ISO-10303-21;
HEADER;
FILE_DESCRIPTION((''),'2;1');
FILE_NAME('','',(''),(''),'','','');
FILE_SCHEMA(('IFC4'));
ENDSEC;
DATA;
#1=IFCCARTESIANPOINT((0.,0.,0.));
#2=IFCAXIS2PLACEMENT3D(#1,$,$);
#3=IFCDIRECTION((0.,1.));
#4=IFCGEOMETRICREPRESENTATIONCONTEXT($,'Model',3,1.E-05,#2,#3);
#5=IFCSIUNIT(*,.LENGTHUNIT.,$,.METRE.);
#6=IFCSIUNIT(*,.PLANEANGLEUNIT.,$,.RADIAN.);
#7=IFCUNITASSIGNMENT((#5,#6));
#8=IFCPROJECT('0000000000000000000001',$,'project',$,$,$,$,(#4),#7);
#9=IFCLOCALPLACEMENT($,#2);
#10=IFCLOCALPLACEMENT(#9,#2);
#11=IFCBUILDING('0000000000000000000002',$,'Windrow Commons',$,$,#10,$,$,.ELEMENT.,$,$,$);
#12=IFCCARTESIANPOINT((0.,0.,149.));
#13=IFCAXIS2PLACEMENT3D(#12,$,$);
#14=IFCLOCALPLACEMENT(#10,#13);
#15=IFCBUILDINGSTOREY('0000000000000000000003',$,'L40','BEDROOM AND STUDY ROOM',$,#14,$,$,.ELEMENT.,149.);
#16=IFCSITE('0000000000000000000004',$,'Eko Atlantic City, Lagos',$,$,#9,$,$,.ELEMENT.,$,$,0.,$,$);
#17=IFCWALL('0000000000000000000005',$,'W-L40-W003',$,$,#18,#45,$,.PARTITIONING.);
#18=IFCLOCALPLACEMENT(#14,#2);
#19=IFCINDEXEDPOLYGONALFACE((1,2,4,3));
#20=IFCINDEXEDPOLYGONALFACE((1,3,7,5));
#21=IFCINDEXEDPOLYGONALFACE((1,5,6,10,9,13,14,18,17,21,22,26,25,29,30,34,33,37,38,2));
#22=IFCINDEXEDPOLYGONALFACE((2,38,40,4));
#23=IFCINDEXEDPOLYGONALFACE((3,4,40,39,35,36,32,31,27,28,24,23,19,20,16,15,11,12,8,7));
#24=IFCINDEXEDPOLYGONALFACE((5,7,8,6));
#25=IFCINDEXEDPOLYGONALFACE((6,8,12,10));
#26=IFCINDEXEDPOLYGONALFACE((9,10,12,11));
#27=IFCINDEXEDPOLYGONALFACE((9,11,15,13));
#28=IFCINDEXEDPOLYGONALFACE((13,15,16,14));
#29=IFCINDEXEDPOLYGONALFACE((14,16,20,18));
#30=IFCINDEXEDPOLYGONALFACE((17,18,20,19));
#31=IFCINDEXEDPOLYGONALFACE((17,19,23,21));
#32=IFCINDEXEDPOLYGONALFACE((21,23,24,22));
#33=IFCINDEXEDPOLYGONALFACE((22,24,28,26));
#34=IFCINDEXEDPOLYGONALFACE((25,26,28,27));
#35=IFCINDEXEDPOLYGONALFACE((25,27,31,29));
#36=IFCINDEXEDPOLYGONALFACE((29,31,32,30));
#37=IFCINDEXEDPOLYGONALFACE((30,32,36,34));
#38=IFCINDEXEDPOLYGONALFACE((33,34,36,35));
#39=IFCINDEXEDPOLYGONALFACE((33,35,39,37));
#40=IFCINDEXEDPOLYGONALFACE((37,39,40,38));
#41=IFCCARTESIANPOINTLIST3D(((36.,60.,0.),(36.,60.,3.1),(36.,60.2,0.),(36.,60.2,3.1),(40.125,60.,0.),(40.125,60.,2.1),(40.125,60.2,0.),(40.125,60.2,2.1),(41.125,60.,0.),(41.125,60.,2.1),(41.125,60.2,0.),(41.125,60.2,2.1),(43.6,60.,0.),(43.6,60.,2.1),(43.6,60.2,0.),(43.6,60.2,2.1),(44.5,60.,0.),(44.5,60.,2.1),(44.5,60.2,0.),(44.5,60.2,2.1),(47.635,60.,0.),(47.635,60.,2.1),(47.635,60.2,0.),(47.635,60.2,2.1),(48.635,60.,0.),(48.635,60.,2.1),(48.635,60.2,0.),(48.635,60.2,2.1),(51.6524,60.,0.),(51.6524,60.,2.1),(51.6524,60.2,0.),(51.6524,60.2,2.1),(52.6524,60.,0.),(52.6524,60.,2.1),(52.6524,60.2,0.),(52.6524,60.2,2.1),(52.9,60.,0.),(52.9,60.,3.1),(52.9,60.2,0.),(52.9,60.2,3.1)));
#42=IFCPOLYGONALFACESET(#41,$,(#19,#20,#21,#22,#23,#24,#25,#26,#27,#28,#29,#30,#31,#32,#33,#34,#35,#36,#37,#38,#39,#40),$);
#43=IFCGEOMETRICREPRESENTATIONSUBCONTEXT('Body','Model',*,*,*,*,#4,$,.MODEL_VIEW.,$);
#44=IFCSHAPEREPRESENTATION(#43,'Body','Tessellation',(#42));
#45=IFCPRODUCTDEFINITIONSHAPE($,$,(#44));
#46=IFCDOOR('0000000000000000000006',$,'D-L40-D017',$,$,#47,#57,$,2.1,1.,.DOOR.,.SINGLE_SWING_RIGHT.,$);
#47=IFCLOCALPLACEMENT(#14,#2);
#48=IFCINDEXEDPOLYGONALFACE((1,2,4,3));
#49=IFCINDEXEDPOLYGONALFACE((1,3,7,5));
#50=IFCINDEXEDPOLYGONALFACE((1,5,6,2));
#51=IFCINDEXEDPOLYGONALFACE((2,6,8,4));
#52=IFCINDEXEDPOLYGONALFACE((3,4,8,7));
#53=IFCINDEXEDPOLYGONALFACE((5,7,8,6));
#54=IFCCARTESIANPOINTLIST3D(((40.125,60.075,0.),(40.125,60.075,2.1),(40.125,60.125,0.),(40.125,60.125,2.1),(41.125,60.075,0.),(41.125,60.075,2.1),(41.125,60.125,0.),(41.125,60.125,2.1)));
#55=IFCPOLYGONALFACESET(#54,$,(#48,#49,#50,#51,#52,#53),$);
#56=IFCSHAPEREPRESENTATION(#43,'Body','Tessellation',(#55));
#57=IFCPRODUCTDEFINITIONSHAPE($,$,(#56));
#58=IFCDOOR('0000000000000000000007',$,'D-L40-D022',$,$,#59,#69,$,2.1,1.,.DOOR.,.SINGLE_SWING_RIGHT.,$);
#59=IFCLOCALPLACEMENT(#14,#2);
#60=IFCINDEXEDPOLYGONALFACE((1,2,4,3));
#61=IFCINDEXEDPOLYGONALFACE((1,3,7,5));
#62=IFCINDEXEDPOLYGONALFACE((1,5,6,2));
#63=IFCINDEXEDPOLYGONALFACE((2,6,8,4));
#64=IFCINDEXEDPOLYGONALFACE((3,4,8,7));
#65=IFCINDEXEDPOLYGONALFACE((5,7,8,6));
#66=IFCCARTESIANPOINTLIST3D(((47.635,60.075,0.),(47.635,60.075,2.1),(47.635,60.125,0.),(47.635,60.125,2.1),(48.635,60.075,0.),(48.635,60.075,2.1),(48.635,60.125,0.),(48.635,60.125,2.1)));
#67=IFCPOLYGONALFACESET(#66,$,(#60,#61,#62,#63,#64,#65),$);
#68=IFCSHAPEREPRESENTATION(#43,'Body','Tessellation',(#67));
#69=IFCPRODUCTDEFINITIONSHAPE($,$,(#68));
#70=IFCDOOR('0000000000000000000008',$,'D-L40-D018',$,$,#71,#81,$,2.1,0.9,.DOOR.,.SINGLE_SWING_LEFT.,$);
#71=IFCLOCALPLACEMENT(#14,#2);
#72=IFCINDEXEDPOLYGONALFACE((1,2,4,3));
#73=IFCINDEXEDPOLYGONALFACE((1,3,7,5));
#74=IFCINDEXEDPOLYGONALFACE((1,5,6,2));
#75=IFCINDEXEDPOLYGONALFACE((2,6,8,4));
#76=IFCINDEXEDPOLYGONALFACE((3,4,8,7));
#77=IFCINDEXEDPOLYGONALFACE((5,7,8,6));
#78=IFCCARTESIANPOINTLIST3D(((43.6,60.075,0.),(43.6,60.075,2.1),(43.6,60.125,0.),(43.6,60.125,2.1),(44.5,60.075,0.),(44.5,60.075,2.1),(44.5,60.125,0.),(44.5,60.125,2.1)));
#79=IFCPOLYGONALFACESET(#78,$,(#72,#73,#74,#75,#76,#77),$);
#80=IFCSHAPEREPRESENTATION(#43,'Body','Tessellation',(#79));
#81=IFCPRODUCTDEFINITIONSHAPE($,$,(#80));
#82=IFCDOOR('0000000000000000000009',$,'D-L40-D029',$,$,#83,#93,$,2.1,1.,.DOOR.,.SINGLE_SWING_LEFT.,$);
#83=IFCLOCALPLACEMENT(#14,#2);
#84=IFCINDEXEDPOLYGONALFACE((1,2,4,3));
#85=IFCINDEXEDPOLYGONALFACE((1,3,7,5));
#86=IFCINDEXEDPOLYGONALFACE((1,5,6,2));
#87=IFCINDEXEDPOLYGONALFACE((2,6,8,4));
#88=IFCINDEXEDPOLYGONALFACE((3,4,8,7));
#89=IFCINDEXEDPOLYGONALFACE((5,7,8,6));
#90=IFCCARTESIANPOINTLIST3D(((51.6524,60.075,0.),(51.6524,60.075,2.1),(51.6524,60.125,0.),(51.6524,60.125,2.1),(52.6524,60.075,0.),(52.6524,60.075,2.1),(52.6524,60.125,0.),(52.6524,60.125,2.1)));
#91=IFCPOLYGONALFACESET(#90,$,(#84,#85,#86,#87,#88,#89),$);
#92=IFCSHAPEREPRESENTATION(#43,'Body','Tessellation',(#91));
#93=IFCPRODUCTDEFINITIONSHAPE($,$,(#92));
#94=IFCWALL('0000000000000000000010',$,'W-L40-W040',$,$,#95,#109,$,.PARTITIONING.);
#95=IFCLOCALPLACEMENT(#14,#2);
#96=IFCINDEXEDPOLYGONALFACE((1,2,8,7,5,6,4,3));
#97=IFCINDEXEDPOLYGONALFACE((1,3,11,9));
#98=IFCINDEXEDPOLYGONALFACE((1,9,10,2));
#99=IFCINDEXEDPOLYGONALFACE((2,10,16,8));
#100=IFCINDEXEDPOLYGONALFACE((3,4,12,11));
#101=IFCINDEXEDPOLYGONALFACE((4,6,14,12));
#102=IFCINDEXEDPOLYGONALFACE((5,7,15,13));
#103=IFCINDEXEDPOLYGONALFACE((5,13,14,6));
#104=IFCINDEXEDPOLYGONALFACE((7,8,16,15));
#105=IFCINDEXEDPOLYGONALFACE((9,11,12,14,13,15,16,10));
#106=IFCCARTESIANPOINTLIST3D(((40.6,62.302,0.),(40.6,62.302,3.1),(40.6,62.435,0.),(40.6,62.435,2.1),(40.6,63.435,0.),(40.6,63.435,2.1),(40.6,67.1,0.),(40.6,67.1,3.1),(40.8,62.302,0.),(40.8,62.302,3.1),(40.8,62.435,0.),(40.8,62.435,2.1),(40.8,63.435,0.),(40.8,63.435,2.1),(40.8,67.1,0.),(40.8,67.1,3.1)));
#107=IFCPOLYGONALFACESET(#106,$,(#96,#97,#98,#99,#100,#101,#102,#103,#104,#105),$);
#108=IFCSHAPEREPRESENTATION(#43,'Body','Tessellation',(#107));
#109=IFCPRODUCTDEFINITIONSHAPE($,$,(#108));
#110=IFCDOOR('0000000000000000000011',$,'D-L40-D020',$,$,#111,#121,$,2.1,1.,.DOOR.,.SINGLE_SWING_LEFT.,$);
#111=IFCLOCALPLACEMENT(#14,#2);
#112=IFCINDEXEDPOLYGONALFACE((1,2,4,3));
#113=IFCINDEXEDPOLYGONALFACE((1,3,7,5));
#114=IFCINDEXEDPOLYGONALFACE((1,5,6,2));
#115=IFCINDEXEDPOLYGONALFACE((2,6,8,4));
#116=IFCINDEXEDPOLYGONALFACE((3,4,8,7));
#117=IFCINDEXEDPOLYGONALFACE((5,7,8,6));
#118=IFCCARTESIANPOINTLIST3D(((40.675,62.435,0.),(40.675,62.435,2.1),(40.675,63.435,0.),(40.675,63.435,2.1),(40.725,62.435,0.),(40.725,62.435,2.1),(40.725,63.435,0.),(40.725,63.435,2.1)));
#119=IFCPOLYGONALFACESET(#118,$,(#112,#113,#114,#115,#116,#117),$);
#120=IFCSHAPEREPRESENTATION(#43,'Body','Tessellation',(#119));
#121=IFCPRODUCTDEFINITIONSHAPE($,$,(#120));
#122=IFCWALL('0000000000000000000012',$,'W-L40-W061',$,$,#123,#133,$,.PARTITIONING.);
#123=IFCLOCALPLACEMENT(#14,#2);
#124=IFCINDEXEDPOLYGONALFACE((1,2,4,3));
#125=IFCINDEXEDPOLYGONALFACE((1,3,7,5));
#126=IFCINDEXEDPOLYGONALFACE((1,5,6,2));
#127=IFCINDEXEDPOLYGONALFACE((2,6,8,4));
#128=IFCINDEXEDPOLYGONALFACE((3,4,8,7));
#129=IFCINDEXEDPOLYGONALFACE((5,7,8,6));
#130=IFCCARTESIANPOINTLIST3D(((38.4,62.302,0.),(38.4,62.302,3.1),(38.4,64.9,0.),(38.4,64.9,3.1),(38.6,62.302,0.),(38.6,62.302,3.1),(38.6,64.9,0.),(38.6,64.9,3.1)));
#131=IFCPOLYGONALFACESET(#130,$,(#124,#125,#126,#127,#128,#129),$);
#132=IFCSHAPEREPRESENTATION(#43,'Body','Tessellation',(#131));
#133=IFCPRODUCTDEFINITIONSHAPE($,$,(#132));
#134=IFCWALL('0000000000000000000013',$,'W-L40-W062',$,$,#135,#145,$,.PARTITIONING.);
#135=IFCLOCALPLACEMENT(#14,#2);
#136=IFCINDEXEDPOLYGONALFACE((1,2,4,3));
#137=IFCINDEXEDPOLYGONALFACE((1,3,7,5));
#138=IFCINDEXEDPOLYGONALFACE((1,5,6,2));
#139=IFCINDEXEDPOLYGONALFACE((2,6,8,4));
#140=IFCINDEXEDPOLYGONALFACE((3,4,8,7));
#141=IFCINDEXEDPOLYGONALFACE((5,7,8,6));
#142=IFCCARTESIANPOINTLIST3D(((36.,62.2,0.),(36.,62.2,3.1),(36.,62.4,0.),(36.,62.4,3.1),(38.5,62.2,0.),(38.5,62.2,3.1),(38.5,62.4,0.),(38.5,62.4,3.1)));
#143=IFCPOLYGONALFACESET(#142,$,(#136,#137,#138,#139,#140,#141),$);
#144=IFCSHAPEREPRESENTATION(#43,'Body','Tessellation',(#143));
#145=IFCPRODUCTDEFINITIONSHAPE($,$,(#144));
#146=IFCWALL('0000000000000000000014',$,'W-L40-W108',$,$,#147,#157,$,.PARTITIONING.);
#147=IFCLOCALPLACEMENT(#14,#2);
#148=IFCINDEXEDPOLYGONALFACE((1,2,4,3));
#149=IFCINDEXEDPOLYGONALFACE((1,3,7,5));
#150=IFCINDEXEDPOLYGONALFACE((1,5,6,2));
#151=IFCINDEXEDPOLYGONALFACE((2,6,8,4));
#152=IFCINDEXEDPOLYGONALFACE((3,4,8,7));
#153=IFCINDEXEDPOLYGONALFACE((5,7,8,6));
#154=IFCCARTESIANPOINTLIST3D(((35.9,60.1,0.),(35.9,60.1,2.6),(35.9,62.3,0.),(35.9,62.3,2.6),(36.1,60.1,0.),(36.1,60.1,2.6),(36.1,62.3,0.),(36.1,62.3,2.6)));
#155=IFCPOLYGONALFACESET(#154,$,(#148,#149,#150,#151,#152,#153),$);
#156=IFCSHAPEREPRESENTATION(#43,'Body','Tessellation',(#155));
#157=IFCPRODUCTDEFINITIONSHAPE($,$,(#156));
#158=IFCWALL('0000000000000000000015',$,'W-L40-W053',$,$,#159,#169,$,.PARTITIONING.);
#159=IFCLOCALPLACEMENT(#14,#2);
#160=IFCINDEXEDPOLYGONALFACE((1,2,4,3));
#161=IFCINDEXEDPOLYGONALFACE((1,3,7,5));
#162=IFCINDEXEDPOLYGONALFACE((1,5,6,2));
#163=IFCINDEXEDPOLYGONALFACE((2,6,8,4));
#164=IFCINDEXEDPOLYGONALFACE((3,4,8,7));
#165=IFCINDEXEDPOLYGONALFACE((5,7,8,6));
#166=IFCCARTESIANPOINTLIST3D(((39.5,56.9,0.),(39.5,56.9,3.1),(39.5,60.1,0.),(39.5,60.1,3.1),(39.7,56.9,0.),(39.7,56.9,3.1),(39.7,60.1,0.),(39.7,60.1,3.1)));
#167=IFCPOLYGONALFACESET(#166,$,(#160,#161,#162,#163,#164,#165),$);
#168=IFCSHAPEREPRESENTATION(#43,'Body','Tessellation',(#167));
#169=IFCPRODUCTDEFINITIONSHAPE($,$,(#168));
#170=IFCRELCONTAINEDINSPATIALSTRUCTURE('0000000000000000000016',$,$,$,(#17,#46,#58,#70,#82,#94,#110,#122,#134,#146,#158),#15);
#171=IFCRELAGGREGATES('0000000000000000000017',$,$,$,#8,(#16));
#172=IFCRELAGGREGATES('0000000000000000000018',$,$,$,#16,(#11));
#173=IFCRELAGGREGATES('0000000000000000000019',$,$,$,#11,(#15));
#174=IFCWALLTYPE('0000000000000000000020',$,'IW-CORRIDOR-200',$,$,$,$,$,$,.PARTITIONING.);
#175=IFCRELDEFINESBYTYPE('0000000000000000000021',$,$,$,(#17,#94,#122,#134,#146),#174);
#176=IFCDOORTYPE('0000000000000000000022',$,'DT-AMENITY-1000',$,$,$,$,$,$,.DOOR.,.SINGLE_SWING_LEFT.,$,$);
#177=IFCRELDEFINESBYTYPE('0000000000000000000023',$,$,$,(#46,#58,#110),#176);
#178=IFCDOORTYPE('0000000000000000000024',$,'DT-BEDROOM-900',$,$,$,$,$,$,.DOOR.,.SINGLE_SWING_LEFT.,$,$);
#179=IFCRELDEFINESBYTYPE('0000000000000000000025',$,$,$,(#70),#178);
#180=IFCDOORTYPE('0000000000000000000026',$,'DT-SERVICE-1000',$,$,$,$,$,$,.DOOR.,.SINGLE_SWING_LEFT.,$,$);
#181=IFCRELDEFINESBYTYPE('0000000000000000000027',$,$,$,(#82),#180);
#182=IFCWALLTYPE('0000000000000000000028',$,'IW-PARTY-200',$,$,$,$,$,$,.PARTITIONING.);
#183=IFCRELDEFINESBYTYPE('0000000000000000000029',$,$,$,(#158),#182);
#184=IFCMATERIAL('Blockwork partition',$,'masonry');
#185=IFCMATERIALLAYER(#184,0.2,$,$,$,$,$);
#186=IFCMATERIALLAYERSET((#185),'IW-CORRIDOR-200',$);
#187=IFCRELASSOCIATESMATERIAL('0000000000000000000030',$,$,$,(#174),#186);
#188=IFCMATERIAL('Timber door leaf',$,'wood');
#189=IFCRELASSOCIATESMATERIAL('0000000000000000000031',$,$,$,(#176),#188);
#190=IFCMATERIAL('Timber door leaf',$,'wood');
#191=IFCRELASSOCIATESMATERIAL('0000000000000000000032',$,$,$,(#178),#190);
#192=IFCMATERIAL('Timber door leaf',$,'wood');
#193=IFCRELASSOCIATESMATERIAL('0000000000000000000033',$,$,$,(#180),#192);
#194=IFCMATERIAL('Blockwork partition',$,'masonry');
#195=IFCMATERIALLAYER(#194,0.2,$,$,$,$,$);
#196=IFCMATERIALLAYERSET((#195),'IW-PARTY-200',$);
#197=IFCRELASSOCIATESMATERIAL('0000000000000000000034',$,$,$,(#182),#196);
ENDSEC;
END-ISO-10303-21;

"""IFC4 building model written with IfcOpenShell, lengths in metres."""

from ifc_helpers import new_model, si_unit, direction, frame, frame_2d, origin, place, context, subcontext, project, spatial, rectangle, extrude, material, layer, layer_set, type_object, element, fill, save


model = new_model("IFC4")

# Units and contexts
model_context = context("Model", 3, precision=1e-05, world=origin(), true_north=direction((0.0, 1.0)))
body_context = subcontext(model_context, "Body", "Model", "MODEL_VIEW")
ifc_project = project(units=[si_unit("LENGTHUNIT", "METRE"), si_unit("PLANEANGLEUNIT", "RADIAN")], contexts=[model_context])

# Site, building, storey
site_placement = place(None, origin())
site = spatial("IfcSite", under=ifc_project, at=site_placement, Name="Eko Atlantic City, Lagos", CompositionType="ELEMENT", RefElevation=0.0)
building_placement = place(site_placement, origin())
building = spatial("IfcBuilding", under=site, at=building_placement, Name="Windrow Commons", CompositionType="ELEMENT")
storey_placement = place(building_placement, frame((0.0, 0.0, 149.0)))
storey = spatial("IfcBuildingStorey", under=building, at=storey_placement, Name="L40", Description="BEDROOM AND STUDY ROOM", CompositionType="ELEMENT", Elevation=149.0)

# Wall, openings, doors
ifc_material_1 = material(Name="Blockwork partition", Category="masonry")
ifc_layer_1 = layer(ifc_material_1, 0.2)
ifc_layer_set_1 = layer_set([ifc_layer_1], Name="IW-CORRIDOR-200")
wall_type_1 = type_object("IfcWallType", Name="IW-CORRIDOR-200", PredefinedType="PARTITIONING", material=ifc_layer_set_1)
wall_1_placement = place(storey_placement, frame((36.0, 60.1, 0.0), z_axis=(0.0, 0.0, 1.0), x_axis=(1.0, 0.0, 0.0)))
wall_1 = element("IfcWall", 1, at=wall_1_placement, inside=storey, type_object=wall_type_1, Name="W-L40-W003", PredefinedType="PARTITIONING", context=body_context, shape_type="SweptSolid", body=[
    extrude(rectangle(XDim=16.9, YDim=0.2, at=frame_2d((8.45, 0.0))), origin(), (0.0, 0.0, 1.0), 3.1),
])
opening_1_placement = place(wall_1_placement, frame((4.125, 0.0, 0.0)))
opening_1 = element("IfcOpeningElement", 2, at=opening_1_placement, cuts=wall_1, PredefinedType="OPENING", context=body_context, shape_type="SweptSolid", body=[
    extrude(rectangle(XDim=1.0, YDim=2.1, at=frame_2d((0.5, 1.05))), frame((0.0, 0.11, 0.0), z_axis=(0.0, -1.0, 0.0), x_axis=(1.0, 0.0, 0.0)), (0.0, 0.0, 1.0), 0.22),
])
opening_2_placement = place(wall_1_placement, frame((7.6, 0.0, 0.0)))
opening_2 = element("IfcOpeningElement", 3, at=opening_2_placement, cuts=wall_1, PredefinedType="OPENING", context=body_context, shape_type="SweptSolid", body=[
    extrude(rectangle(XDim=0.9, YDim=2.1, at=frame_2d((0.45, 1.05))), frame((0.0, 0.11, 0.0), z_axis=(0.0, -1.0, 0.0), x_axis=(1.0, 0.0, 0.0)), (0.0, 0.0, 1.0), 0.22),
])
opening_3_placement = place(wall_1_placement, frame((11.635, 0.0, 0.0)))
opening_3 = element("IfcOpeningElement", 4, at=opening_3_placement, cuts=wall_1, PredefinedType="OPENING", context=body_context, shape_type="SweptSolid", body=[
    extrude(rectangle(XDim=1.0, YDim=2.1, at=frame_2d((0.5, 1.05))), frame((0.0, 0.11, 0.0), z_axis=(0.0, -1.0, 0.0), x_axis=(1.0, 0.0, 0.0)), (0.0, 0.0, 1.0), 0.22),
])
opening_4_placement = place(wall_1_placement, frame((15.6524, 0.0, 0.0)))
opening_4 = element("IfcOpeningElement", 5, at=opening_4_placement, cuts=wall_1, PredefinedType="OPENING", context=body_context, shape_type="SweptSolid", body=[
    extrude(rectangle(XDim=1.0, YDim=2.1, at=frame_2d((0.5, 1.05))), frame((0.0, 0.11, 0.0), z_axis=(0.0, -1.0, 0.0), x_axis=(1.0, 0.0, 0.0)), (0.0, 0.0, 1.0), 0.22),
])
ifc_material_2 = material(Name="Timber door leaf", Category="wood")
door_type_1 = type_object("IfcDoorType", Name="DT-AMENITY-1000", OperationType="SINGLE_SWING_LEFT", PredefinedType="DOOR", material=ifc_material_2)
door_1_placement = place(opening_1_placement, origin())
door_1 = element("IfcDoor", 6, at=door_1_placement, inside=storey, type_object=door_type_1, Name="D-L40-D017", OperationType="SINGLE_SWING_RIGHT", OverallHeight=2.1, OverallWidth=1.0, PredefinedType="DOOR", context=body_context, shape_type="SweptSolid", body=[
    extrude(rectangle(XDim=1.0, YDim=2.1, at=frame_2d((0.5, 1.05))), frame((0.0, 0.025, 0.0), z_axis=(0.0, -1.0, 0.0), x_axis=(1.0, 0.0, 0.0)), (0.0, 0.0, 1.0), 0.05),
])
fill(opening_1, door_1)
door_2_placement = place(opening_3_placement, origin())
door_2 = element("IfcDoor", 7, at=door_2_placement, inside=storey, type_object=door_type_1, Name="D-L40-D022", OperationType="SINGLE_SWING_RIGHT", OverallHeight=2.1, OverallWidth=1.0, PredefinedType="DOOR", context=body_context, shape_type="SweptSolid", body=[
    extrude(rectangle(XDim=1.0, YDim=2.1, at=frame_2d((0.5, 1.05))), frame((0.0, 0.025, 0.0), z_axis=(0.0, -1.0, 0.0), x_axis=(1.0, 0.0, 0.0)), (0.0, 0.0, 1.0), 0.05),
])
fill(opening_3, door_2)
ifc_material_3 = material(Name="Timber door leaf", Category="wood")
door_type_2 = type_object("IfcDoorType", Name="DT-BEDROOM-900", OperationType="SINGLE_SWING_LEFT", PredefinedType="DOOR", material=ifc_material_3)
door_3_placement = place(opening_2_placement, origin())
door_3 = element("IfcDoor", 8, at=door_3_placement, inside=storey, type_object=door_type_2, Name="D-L40-D018", OperationType="SINGLE_SWING_LEFT", OverallHeight=2.1, OverallWidth=0.9, PredefinedType="DOOR", context=body_context, shape_type="SweptSolid", body=[
    extrude(rectangle(XDim=0.9, YDim=2.1, at=frame_2d((0.45, 1.05))), frame((0.0, 0.025, 0.0), z_axis=(0.0, -1.0, 0.0), x_axis=(1.0, 0.0, 0.0)), (0.0, 0.0, 1.0), 0.05),
])
fill(opening_2, door_3)
ifc_material_4 = material(Name="Timber door leaf", Category="wood")
door_type_3 = type_object("IfcDoorType", Name="DT-SERVICE-1000", OperationType="SINGLE_SWING_LEFT", PredefinedType="DOOR", material=ifc_material_4)
door_4_placement = place(opening_4_placement, origin())
door_4 = element("IfcDoor", 9, at=door_4_placement, inside=storey, type_object=door_type_3, Name="D-L40-D029", OperationType="SINGLE_SWING_LEFT", OverallHeight=2.1, OverallWidth=1.0, PredefinedType="DOOR", context=body_context, shape_type="SweptSolid", body=[
    extrude(rectangle(XDim=1.0, YDim=2.1, at=frame_2d((0.5, 1.05))), frame((0.0, 0.025, 0.0), z_axis=(0.0, -1.0, 0.0), x_axis=(1.0, 0.0, 0.0)), (0.0, 0.0, 1.0), 0.05),
])
fill(opening_4, door_4)

# Wall, opening, door
wall_2_placement = place(storey_placement, frame((40.7, 62.302, 0.0), z_axis=(0.0, 0.0, 1.0), x_axis=(0.0, 1.0, 0.0)))
wall_2 = element("IfcWall", 10, at=wall_2_placement, inside=storey, type_object=wall_type_1, Name="W-L40-W040", PredefinedType="PARTITIONING", context=body_context, shape_type="SweptSolid", body=[
    extrude(rectangle(XDim=4.798, YDim=0.2, at=frame_2d((2.399, 0.0))), origin(), (0.0, 0.0, 1.0), 3.1),
])
opening_5_placement = place(wall_2_placement, frame((0.133, 0.0, 0.0)))
opening_5 = element("IfcOpeningElement", 11, at=opening_5_placement, cuts=wall_2, PredefinedType="OPENING", context=body_context, shape_type="SweptSolid", body=[
    extrude(rectangle(XDim=1.0, YDim=2.1, at=frame_2d((0.5, 1.05))), frame((0.0, 0.11, 0.0), z_axis=(0.0, -1.0, 0.0), x_axis=(1.0, 0.0, 0.0)), (0.0, 0.0, 1.0), 0.22),
])
door_5_placement = place(opening_5_placement, origin())
door_5 = element("IfcDoor", 12, at=door_5_placement, inside=storey, type_object=door_type_1, Name="D-L40-D020", OperationType="SINGLE_SWING_LEFT", OverallHeight=2.1, OverallWidth=1.0, PredefinedType="DOOR", context=body_context, shape_type="SweptSolid", body=[
    extrude(rectangle(XDim=1.0, YDim=2.1, at=frame_2d((0.5, 1.05))), frame((0.0, 0.025, 0.0), z_axis=(0.0, -1.0, 0.0), x_axis=(1.0, 0.0, 0.0)), (0.0, 0.0, 1.0), 0.05),
])
fill(opening_5, door_5)

# Walls
wall_3_placement = place(storey_placement, frame((38.5, 62.302, 0.0), z_axis=(0.0, 0.0, 1.0), x_axis=(0.0, 1.0, 0.0)))
element("IfcWall", 13, at=wall_3_placement, inside=storey, type_object=wall_type_1, Name="W-L40-W061", PredefinedType="PARTITIONING", context=body_context, shape_type="SweptSolid", body=[
    extrude(rectangle(XDim=2.598, YDim=0.2, at=frame_2d((1.299, 0.0))), origin(), (0.0, 0.0, 1.0), 3.1),
])
wall_4_placement = place(storey_placement, frame((36.0, 62.3, 0.0), z_axis=(0.0, 0.0, 1.0), x_axis=(1.0, 0.0, 0.0)))
element("IfcWall", 14, at=wall_4_placement, inside=storey, type_object=wall_type_1, Name="W-L40-W062", PredefinedType="PARTITIONING", context=body_context, shape_type="SweptSolid", body=[
    extrude(rectangle(XDim=2.5, YDim=0.2, at=frame_2d((1.25, 0.0))), origin(), (0.0, 0.0, 1.0), 3.1),
])
wall_5_placement = place(storey_placement, frame((36.0, 60.1, 0.0), z_axis=(0.0, 0.0, 1.0), x_axis=(0.0, 1.0, 0.0)))
element("IfcWall", 15, at=wall_5_placement, inside=storey, type_object=wall_type_1, Name="W-L40-W108", PredefinedType="PARTITIONING", context=body_context, shape_type="SweptSolid", body=[
    extrude(rectangle(XDim=2.2, YDim=0.2, at=frame_2d((1.1, 0.0))), origin(), (0.0, 0.0, 1.0), 2.6),
])
ifc_material_5 = material(Name="Blockwork partition", Category="masonry")
ifc_layer_2 = layer(ifc_material_5, 0.2)
ifc_layer_set_2 = layer_set([ifc_layer_2], Name="IW-PARTY-200")
wall_type_2 = type_object("IfcWallType", Name="IW-PARTY-200", PredefinedType="PARTITIONING", material=ifc_layer_set_2)
wall_6_placement = place(storey_placement, frame((39.6, 56.9, 0.0), z_axis=(0.0, 0.0, 1.0), x_axis=(0.0, 1.0, 0.0)))
element("IfcWall", 16, at=wall_6_placement, inside=storey, type_object=wall_type_2, Name="W-L40-W053", PredefinedType="PARTITIONING", context=body_context, shape_type="SweptSolid", body=[
    extrude(rectangle(XDim=3.2, YDim=0.2, at=frame_2d((1.6, 0.0))), origin(), (0.0, 0.0, 1.0), 3.1),
])

save(model, "model.ifc")
